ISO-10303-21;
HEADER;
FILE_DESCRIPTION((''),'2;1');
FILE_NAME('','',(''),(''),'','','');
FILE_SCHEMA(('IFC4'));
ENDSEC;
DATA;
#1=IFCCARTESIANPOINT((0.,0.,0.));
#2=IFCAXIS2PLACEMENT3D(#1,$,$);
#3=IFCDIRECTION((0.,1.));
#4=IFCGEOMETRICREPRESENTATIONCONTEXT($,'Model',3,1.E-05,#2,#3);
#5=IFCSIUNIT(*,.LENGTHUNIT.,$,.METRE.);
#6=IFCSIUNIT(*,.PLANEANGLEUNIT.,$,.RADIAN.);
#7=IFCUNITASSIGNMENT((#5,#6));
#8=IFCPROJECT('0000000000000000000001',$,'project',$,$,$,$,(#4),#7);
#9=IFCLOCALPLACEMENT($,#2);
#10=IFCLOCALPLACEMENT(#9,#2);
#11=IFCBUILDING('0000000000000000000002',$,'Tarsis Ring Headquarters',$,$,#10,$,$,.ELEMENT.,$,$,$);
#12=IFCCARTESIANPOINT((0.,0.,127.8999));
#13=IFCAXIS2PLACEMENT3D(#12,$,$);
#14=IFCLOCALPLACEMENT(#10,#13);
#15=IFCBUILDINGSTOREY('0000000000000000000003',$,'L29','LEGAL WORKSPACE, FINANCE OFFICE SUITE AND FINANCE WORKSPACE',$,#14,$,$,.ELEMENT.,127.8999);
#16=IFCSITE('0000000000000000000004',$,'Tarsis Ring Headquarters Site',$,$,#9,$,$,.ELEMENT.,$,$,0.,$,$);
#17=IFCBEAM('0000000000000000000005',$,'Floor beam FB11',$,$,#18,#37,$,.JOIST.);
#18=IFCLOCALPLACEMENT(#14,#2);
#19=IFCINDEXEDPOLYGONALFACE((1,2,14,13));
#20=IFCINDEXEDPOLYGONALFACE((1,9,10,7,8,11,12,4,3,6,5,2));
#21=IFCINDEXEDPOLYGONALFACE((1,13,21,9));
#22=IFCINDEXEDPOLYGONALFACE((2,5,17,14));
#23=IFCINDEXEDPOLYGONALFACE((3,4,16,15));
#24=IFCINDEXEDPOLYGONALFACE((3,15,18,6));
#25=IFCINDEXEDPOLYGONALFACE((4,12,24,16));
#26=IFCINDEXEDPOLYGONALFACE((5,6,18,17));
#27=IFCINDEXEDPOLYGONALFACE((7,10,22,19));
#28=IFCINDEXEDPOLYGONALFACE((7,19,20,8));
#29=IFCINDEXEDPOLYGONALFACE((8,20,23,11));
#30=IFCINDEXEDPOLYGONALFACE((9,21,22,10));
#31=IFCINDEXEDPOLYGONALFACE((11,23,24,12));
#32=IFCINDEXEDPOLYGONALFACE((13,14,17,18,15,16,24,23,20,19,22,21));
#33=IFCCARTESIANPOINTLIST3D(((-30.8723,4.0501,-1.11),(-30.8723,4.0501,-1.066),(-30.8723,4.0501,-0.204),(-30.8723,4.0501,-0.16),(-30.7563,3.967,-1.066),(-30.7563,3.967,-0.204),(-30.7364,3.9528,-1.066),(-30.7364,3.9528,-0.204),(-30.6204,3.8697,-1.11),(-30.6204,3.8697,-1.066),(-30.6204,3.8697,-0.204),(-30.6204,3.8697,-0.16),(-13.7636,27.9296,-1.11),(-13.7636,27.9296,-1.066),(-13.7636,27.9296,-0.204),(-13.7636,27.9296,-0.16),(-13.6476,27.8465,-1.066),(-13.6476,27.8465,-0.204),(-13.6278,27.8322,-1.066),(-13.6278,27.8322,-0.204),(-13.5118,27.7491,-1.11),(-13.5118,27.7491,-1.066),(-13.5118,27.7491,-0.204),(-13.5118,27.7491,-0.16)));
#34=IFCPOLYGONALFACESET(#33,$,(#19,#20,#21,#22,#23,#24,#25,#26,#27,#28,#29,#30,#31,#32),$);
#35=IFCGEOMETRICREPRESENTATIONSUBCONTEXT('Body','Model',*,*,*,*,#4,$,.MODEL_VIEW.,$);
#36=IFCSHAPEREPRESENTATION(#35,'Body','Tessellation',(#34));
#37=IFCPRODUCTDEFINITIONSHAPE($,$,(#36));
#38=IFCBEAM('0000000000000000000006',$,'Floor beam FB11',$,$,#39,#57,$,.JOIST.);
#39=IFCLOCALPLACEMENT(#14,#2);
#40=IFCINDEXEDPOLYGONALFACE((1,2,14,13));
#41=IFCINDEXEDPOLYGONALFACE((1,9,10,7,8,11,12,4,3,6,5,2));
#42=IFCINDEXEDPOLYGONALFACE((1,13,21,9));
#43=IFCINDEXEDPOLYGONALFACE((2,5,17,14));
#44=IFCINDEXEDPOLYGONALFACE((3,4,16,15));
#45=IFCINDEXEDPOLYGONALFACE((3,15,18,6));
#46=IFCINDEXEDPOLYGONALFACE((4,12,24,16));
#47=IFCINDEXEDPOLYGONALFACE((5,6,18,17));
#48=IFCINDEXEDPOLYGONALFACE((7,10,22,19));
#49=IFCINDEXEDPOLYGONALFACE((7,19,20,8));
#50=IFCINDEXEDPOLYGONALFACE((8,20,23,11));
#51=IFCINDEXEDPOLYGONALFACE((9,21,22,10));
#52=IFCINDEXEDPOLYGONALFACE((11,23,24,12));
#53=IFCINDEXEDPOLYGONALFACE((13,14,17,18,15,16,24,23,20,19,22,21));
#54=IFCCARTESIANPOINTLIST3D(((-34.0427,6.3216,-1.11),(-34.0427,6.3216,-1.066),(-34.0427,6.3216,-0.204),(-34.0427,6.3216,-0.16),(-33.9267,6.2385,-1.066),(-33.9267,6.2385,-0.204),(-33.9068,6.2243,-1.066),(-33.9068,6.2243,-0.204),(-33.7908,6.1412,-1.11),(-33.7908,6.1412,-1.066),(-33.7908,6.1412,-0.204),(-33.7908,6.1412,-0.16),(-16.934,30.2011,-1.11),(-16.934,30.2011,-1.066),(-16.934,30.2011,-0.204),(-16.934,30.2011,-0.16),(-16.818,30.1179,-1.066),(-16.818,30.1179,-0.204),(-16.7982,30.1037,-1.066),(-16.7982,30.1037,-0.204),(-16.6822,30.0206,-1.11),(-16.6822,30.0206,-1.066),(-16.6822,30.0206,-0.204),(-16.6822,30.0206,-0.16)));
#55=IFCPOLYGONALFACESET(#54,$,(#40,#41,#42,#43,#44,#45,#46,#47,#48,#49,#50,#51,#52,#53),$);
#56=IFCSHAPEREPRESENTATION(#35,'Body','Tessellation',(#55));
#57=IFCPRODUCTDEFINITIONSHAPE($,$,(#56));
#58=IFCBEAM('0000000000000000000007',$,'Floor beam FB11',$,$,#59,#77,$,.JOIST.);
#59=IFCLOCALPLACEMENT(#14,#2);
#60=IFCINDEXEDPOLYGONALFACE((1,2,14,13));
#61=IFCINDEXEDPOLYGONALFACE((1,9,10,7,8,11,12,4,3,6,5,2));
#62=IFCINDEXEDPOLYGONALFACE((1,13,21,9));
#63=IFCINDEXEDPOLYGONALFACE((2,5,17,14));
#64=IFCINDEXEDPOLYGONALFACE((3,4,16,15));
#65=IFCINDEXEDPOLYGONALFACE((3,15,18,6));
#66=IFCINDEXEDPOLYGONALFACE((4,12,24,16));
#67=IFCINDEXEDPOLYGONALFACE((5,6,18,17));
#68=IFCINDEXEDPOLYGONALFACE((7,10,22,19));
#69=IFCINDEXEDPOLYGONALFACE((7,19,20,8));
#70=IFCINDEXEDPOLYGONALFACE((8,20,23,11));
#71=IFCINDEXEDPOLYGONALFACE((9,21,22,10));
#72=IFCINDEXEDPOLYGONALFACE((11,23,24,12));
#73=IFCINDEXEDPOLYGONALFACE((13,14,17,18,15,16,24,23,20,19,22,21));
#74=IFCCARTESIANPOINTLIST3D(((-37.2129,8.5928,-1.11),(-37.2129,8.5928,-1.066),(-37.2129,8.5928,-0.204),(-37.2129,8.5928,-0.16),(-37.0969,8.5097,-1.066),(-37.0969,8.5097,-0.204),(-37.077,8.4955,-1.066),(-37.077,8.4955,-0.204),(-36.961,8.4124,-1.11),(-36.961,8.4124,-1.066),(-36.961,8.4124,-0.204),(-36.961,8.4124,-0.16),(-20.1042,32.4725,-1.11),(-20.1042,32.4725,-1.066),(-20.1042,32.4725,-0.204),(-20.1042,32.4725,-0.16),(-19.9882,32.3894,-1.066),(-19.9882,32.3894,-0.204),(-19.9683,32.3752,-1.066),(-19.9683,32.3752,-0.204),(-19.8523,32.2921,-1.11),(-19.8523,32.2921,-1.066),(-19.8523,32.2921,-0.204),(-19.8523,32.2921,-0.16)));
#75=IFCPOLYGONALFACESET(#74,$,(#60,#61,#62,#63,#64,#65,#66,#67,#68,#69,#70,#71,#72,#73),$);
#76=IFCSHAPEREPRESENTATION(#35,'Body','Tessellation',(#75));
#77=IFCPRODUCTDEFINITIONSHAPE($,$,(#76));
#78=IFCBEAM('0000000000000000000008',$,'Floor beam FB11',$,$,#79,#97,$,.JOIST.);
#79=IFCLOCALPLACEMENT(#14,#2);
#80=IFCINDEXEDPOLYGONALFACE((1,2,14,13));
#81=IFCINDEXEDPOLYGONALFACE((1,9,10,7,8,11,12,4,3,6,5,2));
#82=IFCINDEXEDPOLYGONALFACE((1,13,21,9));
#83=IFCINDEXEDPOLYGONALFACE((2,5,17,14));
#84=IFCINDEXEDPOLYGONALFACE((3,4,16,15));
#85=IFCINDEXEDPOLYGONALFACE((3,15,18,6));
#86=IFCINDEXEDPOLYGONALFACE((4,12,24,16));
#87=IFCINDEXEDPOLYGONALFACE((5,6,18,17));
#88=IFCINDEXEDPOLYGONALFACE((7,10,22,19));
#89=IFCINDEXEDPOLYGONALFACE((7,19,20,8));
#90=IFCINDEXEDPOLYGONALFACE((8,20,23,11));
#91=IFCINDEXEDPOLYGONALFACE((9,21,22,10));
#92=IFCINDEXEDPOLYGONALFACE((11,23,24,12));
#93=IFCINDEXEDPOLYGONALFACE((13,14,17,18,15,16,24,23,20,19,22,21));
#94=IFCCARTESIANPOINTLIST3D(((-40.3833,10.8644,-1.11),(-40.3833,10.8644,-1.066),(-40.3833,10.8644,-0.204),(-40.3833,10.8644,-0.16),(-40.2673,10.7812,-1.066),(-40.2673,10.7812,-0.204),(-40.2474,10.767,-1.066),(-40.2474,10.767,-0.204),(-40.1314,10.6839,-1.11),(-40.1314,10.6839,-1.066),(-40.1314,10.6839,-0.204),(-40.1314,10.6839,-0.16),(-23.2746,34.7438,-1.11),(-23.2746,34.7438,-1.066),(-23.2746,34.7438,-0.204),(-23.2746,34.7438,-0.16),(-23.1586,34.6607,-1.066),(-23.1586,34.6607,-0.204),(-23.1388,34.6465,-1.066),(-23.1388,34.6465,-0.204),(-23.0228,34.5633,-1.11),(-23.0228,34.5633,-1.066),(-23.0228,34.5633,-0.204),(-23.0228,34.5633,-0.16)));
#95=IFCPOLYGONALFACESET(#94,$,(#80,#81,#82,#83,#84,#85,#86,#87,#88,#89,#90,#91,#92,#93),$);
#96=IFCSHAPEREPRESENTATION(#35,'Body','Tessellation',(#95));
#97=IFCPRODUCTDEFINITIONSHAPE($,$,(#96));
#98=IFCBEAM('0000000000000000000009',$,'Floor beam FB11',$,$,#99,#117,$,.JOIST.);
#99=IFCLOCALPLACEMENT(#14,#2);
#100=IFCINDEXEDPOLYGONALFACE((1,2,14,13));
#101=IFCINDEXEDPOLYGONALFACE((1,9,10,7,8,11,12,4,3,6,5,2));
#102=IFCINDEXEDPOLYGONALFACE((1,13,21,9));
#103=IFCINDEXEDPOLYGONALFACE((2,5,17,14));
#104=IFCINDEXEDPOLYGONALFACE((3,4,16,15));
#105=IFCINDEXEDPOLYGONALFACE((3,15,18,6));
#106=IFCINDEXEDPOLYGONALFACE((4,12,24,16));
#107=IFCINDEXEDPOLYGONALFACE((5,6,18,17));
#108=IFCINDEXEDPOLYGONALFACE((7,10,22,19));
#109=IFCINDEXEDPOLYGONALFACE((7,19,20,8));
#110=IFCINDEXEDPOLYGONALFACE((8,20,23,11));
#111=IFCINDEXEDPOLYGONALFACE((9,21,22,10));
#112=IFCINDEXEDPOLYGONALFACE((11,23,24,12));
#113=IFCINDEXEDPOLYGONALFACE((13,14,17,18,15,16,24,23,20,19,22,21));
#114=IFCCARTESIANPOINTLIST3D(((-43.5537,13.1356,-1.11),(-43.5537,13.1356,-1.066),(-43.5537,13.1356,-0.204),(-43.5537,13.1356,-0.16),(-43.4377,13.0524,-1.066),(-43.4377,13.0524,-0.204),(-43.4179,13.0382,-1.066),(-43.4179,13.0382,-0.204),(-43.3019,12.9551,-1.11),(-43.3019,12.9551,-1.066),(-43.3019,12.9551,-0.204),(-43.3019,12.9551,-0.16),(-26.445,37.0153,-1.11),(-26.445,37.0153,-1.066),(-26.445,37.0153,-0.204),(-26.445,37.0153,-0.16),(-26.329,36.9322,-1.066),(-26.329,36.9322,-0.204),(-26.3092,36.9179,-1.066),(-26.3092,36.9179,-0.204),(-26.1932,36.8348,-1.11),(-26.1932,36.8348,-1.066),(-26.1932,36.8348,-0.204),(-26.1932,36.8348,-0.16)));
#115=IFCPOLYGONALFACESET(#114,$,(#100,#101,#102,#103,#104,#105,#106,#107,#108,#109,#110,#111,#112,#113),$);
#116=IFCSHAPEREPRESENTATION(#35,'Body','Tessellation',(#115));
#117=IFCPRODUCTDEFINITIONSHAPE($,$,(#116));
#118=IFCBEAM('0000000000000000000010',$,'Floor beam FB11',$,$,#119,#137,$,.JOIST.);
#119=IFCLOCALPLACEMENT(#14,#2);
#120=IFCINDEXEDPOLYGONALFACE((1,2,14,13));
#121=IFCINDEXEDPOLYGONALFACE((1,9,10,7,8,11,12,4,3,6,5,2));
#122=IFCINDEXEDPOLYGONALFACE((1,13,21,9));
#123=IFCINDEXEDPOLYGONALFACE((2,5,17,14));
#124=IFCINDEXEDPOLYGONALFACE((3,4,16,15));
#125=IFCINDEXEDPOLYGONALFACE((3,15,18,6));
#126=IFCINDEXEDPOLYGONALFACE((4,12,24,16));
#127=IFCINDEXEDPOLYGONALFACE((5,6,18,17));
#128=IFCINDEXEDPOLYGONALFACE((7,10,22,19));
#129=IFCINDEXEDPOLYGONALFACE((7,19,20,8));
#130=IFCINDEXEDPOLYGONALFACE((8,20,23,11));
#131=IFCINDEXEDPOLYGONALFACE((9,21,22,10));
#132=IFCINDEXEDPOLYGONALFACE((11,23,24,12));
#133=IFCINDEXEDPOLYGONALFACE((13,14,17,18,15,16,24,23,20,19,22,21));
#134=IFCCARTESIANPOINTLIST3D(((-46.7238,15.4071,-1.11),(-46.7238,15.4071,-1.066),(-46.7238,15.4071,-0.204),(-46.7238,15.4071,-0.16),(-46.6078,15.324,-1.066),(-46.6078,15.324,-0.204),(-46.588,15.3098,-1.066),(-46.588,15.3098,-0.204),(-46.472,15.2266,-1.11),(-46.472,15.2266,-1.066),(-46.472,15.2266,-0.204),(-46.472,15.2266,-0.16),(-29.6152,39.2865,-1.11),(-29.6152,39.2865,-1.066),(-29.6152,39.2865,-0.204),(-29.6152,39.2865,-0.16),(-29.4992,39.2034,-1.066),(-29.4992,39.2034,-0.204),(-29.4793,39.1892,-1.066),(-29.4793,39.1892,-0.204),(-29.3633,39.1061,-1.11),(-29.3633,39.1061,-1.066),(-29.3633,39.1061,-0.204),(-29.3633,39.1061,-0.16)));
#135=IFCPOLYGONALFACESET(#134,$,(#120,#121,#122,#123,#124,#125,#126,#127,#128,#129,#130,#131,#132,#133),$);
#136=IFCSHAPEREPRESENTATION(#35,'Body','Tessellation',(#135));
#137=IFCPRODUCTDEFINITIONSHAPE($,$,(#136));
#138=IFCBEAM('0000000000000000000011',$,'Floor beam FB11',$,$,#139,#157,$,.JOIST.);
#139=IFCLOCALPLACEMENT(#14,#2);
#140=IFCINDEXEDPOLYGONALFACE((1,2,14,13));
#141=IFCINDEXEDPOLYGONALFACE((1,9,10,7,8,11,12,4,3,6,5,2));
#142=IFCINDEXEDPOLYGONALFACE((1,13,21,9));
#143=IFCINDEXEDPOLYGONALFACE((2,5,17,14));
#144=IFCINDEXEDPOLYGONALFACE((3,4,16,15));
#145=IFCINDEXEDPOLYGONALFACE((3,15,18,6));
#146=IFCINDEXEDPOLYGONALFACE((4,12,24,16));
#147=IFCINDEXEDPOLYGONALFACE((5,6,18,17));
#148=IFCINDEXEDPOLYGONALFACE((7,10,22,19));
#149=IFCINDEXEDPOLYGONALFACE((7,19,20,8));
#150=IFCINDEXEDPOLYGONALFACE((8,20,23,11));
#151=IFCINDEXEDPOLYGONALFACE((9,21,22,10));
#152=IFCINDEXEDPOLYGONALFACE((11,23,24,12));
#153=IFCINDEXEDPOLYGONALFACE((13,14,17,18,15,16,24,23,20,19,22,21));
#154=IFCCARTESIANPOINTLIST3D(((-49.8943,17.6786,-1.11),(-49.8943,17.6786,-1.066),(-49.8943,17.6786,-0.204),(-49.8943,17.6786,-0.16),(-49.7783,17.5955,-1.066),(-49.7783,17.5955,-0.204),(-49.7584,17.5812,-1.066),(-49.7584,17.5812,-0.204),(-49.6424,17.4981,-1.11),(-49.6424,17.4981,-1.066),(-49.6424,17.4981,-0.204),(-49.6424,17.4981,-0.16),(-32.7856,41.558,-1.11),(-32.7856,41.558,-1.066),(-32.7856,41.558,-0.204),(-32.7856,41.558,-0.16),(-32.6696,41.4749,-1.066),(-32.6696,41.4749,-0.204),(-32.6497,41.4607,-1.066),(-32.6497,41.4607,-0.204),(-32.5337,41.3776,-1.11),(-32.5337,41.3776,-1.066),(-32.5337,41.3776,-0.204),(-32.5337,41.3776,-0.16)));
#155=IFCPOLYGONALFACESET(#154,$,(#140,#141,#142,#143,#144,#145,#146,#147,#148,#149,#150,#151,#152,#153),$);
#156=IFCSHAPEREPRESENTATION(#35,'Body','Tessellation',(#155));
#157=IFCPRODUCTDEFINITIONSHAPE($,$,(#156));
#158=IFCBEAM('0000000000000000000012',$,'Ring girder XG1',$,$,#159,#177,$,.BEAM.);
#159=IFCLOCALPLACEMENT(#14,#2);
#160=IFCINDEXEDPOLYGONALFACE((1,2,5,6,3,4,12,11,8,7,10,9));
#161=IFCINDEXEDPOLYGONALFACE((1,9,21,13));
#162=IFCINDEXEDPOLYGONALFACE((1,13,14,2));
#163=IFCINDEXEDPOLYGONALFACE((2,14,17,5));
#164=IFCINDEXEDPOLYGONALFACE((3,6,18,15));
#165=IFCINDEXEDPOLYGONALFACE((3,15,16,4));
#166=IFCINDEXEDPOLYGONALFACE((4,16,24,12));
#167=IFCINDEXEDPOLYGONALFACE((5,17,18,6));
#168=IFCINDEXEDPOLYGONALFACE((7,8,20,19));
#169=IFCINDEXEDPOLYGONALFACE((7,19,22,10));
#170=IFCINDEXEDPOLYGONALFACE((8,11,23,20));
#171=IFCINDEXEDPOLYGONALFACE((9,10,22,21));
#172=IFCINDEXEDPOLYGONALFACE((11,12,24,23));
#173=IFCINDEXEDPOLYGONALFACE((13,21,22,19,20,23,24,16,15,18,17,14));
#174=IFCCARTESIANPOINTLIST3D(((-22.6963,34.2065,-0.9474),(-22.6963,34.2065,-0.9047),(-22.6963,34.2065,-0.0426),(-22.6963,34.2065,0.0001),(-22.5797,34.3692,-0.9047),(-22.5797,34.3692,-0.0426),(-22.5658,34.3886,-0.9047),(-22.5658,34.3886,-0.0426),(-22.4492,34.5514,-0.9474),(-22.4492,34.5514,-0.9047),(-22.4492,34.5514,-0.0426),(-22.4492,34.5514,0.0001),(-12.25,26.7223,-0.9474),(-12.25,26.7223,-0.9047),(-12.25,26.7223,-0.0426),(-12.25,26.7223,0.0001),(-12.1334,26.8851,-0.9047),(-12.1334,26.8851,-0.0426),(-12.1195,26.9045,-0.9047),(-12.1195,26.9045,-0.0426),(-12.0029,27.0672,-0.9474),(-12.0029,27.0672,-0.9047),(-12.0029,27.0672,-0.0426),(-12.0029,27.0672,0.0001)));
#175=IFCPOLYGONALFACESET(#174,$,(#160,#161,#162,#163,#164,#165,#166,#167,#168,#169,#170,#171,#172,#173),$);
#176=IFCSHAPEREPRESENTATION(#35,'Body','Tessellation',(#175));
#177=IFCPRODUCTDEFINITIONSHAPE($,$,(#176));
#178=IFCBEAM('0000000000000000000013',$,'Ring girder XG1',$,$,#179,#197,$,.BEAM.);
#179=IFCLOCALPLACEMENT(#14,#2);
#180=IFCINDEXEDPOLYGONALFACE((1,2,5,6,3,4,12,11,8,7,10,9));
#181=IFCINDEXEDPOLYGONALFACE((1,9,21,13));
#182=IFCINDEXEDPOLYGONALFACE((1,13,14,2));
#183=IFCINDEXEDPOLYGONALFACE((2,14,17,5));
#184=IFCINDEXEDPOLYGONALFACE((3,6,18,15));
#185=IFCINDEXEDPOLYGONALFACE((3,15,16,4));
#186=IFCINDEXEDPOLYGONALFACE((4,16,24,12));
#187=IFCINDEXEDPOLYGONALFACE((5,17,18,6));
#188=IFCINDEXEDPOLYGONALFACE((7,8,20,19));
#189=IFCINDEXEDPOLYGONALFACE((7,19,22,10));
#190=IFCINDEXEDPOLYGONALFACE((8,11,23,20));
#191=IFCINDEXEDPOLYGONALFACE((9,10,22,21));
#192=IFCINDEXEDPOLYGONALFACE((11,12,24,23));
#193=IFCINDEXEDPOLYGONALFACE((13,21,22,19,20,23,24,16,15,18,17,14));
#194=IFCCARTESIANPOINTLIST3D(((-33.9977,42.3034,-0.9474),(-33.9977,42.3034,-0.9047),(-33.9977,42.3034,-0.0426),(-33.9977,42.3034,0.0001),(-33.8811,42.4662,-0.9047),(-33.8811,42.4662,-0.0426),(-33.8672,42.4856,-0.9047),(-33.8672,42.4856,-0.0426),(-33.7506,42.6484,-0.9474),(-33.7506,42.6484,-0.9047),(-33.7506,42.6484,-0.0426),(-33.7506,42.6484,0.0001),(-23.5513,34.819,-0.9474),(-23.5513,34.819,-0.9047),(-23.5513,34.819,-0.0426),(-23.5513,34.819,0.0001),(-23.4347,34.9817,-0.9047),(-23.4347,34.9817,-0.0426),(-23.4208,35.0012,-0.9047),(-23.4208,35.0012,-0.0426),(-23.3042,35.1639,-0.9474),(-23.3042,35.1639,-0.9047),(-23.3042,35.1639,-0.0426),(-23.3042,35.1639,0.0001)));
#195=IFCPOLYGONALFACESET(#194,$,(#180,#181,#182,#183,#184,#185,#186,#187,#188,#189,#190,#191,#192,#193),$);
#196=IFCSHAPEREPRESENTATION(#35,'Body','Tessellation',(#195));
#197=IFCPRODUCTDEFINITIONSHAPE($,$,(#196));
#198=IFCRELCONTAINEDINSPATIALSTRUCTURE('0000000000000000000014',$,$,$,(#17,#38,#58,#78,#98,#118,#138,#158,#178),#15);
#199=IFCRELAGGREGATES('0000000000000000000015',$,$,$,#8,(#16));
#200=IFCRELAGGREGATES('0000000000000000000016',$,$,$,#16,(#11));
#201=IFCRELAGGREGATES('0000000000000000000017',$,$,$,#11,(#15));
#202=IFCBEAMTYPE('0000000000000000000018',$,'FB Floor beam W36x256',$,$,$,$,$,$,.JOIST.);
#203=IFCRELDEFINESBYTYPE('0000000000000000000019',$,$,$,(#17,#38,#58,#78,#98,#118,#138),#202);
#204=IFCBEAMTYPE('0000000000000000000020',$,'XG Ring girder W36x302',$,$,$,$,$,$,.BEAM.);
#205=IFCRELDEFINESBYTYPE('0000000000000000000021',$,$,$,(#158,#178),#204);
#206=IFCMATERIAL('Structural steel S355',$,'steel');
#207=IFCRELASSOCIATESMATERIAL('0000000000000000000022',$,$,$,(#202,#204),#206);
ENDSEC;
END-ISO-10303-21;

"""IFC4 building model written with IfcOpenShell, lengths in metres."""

from ifc_helpers import new_model, si_unit, direction, frame, origin, origin_2d, place, context, subcontext, project, spatial, i_section, extrude, material, material_profile, profile_set, type_object, element, save


model = new_model("IFC4")

# Units and contexts
model_context = context("Model", 3, precision=1e-05, world=origin(), true_north=direction((0.0, 1.0)))
body_context = subcontext(model_context, "Body", "Model", "MODEL_VIEW")
ifc_project = project(units=[si_unit("LENGTHUNIT", "METRE"), si_unit("PLANEANGLEUNIT", "RADIAN")], contexts=[model_context])

# Site, building, storey
site_placement = place(None, origin())
site = spatial("IfcSite", under=ifc_project, at=site_placement, Name="Tarsis Ring Headquarters Site", CompositionType="ELEMENT", RefElevation=0.0)
building_placement = place(site_placement, origin())
building = spatial("IfcBuilding", under=site, at=building_placement, Name="Tarsis Ring Headquarters", CompositionType="ELEMENT")
storey_placement = place(building_placement, frame((0.0, 0.0, 127.8999)))
storey = spatial("IfcBuildingStorey", under=building, at=storey_placement, Name="L29", Description="LEGAL WORKSPACE, FINANCE OFFICE SUITE AND FINANCE WORKSPACE", CompositionType="ELEMENT", Elevation=127.8999)

# Shared definitions
ifc_material_1 = material(Name="Structural steel S355", Category="steel")

# Beams
ifc_material_profile_1 = material_profile(ifc_material_1, i_section(OverallWidth=0.3098, OverallDepth=0.95, WebThickness=0.0244, FlangeThickness=0.0439, at=origin_2d()), Name="W36x256")
ifc_profile_set_1 = profile_set([ifc_material_profile_1], Name="Structural steel S355")
beam_type_1 = type_object("IfcBeamType", Name="FB Floor beam W36x256", PredefinedType="JOIST", material=ifc_profile_set_1)
for number, where, z_axis, x_axis, name in (
    (1, (-13.6377, 27.8394, -0.635), (-0.582408, -0.812896, 0.0), (0.812896, -0.582408, 0.0), "Floor beam FB11"),
    (2, (-16.8081, 30.1108, -0.635), (-0.582408, -0.812896, 0.0), (0.812896, -0.582408, 0.0), "Floor beam FB11"),
):
    element("IfcBeam", number, at=place(storey_placement, frame(where, z_axis=z_axis, x_axis=x_axis)), inside=storey, type_object=beam_type_1, Name=name, PredefinedType="JOIST", context=body_context, shape_type="SweptSolid", body=[
        extrude(i_section(OverallWidth=0.3098, OverallDepth=0.95, WebThickness=0.0244, FlangeThickness=0.0439, at=origin_2d()), origin(), (0.0, 0.0, 1.0), 29.3757),
    ])
beam_1_placement = place(storey_placement, frame((-19.9783, 32.3823, -0.635), z_axis=(-0.582404, -0.812899, 0.0), x_axis=(0.812899, -0.582404, 0.0)))
element("IfcBeam", 3, at=beam_1_placement, inside=storey, type_object=beam_type_1, Name="Floor beam FB11", PredefinedType="JOIST", context=body_context, shape_type="SweptSolid", body=[
    extrude(i_section(OverallWidth=0.3098, OverallDepth=0.95, WebThickness=0.0244, FlangeThickness=0.0439, at=origin_2d()), origin(), (0.0, 0.0, 1.0), 29.376),
])
beam_2_placement = place(storey_placement, frame((-23.1487, 34.6536, -0.635), z_axis=(-0.582408, -0.812896, 0.0), x_axis=(0.812896, -0.582408, 0.0)))
element("IfcBeam", 4, at=beam_2_placement, inside=storey, type_object=beam_type_1, Name="Floor beam FB11", PredefinedType="JOIST", context=body_context, shape_type="SweptSolid", body=[
    extrude(i_section(OverallWidth=0.3098, OverallDepth=0.95, WebThickness=0.0244, FlangeThickness=0.0439, at=origin_2d()), origin(), (0.0, 0.0, 1.0), 29.3757),
])
beam_3_placement = place(storey_placement, frame((-26.3191, 36.925, -0.635), z_axis=(-0.582404, -0.812899, 0.0), x_axis=(0.812899, -0.582404, 0.0)))
element("IfcBeam", 5, at=beam_3_placement, inside=storey, type_object=beam_type_1, Name="Floor beam FB11", PredefinedType="JOIST", context=body_context, shape_type="SweptSolid", body=[
    extrude(i_section(OverallWidth=0.3098, OverallDepth=0.95, WebThickness=0.0244, FlangeThickness=0.0439, at=origin_2d()), origin(), (0.0, 0.0, 1.0), 29.376),
])
for number, where, z_axis, x_axis, name in (
    (6, (-29.4893, 39.1963, -0.635), (-0.582408, -0.812896, 0.0), (0.812896, -0.582408, 0.0), "Floor beam FB11"),
    (7, (-32.6597, 41.4678, -0.635), (-0.582408, -0.812896, 0.0), (0.812896, -0.582408, 0.0), "Floor beam FB11"),
):
    element("IfcBeam", number, at=place(storey_placement, frame(where, z_axis=z_axis, x_axis=x_axis)), inside=storey, type_object=beam_type_1, Name=name, PredefinedType="JOIST", context=body_context, shape_type="SweptSolid", body=[
        extrude(i_section(OverallWidth=0.3098, OverallDepth=0.95, WebThickness=0.0244, FlangeThickness=0.0439, at=origin_2d()), origin(), (0.0, 0.0, 1.0), 29.3757),
    ])
ifc_material_profile_2 = material_profile(ifc_material_1, i_section(OverallWidth=0.4243, OverallDepth=0.9475, WebThickness=0.0239, FlangeThickness=0.0427, at=origin_2d()), Name="W36x302")
ifc_profile_set_2 = profile_set([ifc_material_profile_2], Name="Structural steel S355")
beam_type_2 = type_object("IfcBeamType", Name="XG Ring girder W36x302", PredefinedType="BEAM", material=ifc_profile_set_2)
beam_4_placement = place(storey_placement, frame((-12.1265, 26.8948, -0.4736), z_axis=(-0.812905, 0.582397, 0.0), x_axis=(-0.582397, -0.812905, 0.0)))
element("IfcBeam", 8, at=beam_4_placement, inside=storey, type_object=beam_type_2, Name="Ring girder XG1", PredefinedType="BEAM", context=body_context, shape_type="SweptSolid", body=[
    extrude(i_section(OverallWidth=0.4243, OverallDepth=0.9475, WebThickness=0.0239, FlangeThickness=0.0427, at=origin_2d()), origin(), (0.0, 0.0, 1.0), 12.8506),
])
beam_5_placement = place(storey_placement, frame((-23.4277, 34.9915, -0.4736), z_axis=(-0.812896, 0.582409, 0.0), x_axis=(-0.582409, -0.812896, 0.0)))
element("IfcBeam", 9, at=beam_5_placement, inside=storey, type_object=beam_type_2, Name="Ring girder XG1", PredefinedType="BEAM", context=body_context, shape_type="SweptSolid", body=[
    extrude(i_section(OverallWidth=0.4243, OverallDepth=0.9475, WebThickness=0.0239, FlangeThickness=0.0427, at=origin_2d()), origin(), (0.0, 0.0, 1.0), 12.8508),
])

save(model, "model.ifc")
